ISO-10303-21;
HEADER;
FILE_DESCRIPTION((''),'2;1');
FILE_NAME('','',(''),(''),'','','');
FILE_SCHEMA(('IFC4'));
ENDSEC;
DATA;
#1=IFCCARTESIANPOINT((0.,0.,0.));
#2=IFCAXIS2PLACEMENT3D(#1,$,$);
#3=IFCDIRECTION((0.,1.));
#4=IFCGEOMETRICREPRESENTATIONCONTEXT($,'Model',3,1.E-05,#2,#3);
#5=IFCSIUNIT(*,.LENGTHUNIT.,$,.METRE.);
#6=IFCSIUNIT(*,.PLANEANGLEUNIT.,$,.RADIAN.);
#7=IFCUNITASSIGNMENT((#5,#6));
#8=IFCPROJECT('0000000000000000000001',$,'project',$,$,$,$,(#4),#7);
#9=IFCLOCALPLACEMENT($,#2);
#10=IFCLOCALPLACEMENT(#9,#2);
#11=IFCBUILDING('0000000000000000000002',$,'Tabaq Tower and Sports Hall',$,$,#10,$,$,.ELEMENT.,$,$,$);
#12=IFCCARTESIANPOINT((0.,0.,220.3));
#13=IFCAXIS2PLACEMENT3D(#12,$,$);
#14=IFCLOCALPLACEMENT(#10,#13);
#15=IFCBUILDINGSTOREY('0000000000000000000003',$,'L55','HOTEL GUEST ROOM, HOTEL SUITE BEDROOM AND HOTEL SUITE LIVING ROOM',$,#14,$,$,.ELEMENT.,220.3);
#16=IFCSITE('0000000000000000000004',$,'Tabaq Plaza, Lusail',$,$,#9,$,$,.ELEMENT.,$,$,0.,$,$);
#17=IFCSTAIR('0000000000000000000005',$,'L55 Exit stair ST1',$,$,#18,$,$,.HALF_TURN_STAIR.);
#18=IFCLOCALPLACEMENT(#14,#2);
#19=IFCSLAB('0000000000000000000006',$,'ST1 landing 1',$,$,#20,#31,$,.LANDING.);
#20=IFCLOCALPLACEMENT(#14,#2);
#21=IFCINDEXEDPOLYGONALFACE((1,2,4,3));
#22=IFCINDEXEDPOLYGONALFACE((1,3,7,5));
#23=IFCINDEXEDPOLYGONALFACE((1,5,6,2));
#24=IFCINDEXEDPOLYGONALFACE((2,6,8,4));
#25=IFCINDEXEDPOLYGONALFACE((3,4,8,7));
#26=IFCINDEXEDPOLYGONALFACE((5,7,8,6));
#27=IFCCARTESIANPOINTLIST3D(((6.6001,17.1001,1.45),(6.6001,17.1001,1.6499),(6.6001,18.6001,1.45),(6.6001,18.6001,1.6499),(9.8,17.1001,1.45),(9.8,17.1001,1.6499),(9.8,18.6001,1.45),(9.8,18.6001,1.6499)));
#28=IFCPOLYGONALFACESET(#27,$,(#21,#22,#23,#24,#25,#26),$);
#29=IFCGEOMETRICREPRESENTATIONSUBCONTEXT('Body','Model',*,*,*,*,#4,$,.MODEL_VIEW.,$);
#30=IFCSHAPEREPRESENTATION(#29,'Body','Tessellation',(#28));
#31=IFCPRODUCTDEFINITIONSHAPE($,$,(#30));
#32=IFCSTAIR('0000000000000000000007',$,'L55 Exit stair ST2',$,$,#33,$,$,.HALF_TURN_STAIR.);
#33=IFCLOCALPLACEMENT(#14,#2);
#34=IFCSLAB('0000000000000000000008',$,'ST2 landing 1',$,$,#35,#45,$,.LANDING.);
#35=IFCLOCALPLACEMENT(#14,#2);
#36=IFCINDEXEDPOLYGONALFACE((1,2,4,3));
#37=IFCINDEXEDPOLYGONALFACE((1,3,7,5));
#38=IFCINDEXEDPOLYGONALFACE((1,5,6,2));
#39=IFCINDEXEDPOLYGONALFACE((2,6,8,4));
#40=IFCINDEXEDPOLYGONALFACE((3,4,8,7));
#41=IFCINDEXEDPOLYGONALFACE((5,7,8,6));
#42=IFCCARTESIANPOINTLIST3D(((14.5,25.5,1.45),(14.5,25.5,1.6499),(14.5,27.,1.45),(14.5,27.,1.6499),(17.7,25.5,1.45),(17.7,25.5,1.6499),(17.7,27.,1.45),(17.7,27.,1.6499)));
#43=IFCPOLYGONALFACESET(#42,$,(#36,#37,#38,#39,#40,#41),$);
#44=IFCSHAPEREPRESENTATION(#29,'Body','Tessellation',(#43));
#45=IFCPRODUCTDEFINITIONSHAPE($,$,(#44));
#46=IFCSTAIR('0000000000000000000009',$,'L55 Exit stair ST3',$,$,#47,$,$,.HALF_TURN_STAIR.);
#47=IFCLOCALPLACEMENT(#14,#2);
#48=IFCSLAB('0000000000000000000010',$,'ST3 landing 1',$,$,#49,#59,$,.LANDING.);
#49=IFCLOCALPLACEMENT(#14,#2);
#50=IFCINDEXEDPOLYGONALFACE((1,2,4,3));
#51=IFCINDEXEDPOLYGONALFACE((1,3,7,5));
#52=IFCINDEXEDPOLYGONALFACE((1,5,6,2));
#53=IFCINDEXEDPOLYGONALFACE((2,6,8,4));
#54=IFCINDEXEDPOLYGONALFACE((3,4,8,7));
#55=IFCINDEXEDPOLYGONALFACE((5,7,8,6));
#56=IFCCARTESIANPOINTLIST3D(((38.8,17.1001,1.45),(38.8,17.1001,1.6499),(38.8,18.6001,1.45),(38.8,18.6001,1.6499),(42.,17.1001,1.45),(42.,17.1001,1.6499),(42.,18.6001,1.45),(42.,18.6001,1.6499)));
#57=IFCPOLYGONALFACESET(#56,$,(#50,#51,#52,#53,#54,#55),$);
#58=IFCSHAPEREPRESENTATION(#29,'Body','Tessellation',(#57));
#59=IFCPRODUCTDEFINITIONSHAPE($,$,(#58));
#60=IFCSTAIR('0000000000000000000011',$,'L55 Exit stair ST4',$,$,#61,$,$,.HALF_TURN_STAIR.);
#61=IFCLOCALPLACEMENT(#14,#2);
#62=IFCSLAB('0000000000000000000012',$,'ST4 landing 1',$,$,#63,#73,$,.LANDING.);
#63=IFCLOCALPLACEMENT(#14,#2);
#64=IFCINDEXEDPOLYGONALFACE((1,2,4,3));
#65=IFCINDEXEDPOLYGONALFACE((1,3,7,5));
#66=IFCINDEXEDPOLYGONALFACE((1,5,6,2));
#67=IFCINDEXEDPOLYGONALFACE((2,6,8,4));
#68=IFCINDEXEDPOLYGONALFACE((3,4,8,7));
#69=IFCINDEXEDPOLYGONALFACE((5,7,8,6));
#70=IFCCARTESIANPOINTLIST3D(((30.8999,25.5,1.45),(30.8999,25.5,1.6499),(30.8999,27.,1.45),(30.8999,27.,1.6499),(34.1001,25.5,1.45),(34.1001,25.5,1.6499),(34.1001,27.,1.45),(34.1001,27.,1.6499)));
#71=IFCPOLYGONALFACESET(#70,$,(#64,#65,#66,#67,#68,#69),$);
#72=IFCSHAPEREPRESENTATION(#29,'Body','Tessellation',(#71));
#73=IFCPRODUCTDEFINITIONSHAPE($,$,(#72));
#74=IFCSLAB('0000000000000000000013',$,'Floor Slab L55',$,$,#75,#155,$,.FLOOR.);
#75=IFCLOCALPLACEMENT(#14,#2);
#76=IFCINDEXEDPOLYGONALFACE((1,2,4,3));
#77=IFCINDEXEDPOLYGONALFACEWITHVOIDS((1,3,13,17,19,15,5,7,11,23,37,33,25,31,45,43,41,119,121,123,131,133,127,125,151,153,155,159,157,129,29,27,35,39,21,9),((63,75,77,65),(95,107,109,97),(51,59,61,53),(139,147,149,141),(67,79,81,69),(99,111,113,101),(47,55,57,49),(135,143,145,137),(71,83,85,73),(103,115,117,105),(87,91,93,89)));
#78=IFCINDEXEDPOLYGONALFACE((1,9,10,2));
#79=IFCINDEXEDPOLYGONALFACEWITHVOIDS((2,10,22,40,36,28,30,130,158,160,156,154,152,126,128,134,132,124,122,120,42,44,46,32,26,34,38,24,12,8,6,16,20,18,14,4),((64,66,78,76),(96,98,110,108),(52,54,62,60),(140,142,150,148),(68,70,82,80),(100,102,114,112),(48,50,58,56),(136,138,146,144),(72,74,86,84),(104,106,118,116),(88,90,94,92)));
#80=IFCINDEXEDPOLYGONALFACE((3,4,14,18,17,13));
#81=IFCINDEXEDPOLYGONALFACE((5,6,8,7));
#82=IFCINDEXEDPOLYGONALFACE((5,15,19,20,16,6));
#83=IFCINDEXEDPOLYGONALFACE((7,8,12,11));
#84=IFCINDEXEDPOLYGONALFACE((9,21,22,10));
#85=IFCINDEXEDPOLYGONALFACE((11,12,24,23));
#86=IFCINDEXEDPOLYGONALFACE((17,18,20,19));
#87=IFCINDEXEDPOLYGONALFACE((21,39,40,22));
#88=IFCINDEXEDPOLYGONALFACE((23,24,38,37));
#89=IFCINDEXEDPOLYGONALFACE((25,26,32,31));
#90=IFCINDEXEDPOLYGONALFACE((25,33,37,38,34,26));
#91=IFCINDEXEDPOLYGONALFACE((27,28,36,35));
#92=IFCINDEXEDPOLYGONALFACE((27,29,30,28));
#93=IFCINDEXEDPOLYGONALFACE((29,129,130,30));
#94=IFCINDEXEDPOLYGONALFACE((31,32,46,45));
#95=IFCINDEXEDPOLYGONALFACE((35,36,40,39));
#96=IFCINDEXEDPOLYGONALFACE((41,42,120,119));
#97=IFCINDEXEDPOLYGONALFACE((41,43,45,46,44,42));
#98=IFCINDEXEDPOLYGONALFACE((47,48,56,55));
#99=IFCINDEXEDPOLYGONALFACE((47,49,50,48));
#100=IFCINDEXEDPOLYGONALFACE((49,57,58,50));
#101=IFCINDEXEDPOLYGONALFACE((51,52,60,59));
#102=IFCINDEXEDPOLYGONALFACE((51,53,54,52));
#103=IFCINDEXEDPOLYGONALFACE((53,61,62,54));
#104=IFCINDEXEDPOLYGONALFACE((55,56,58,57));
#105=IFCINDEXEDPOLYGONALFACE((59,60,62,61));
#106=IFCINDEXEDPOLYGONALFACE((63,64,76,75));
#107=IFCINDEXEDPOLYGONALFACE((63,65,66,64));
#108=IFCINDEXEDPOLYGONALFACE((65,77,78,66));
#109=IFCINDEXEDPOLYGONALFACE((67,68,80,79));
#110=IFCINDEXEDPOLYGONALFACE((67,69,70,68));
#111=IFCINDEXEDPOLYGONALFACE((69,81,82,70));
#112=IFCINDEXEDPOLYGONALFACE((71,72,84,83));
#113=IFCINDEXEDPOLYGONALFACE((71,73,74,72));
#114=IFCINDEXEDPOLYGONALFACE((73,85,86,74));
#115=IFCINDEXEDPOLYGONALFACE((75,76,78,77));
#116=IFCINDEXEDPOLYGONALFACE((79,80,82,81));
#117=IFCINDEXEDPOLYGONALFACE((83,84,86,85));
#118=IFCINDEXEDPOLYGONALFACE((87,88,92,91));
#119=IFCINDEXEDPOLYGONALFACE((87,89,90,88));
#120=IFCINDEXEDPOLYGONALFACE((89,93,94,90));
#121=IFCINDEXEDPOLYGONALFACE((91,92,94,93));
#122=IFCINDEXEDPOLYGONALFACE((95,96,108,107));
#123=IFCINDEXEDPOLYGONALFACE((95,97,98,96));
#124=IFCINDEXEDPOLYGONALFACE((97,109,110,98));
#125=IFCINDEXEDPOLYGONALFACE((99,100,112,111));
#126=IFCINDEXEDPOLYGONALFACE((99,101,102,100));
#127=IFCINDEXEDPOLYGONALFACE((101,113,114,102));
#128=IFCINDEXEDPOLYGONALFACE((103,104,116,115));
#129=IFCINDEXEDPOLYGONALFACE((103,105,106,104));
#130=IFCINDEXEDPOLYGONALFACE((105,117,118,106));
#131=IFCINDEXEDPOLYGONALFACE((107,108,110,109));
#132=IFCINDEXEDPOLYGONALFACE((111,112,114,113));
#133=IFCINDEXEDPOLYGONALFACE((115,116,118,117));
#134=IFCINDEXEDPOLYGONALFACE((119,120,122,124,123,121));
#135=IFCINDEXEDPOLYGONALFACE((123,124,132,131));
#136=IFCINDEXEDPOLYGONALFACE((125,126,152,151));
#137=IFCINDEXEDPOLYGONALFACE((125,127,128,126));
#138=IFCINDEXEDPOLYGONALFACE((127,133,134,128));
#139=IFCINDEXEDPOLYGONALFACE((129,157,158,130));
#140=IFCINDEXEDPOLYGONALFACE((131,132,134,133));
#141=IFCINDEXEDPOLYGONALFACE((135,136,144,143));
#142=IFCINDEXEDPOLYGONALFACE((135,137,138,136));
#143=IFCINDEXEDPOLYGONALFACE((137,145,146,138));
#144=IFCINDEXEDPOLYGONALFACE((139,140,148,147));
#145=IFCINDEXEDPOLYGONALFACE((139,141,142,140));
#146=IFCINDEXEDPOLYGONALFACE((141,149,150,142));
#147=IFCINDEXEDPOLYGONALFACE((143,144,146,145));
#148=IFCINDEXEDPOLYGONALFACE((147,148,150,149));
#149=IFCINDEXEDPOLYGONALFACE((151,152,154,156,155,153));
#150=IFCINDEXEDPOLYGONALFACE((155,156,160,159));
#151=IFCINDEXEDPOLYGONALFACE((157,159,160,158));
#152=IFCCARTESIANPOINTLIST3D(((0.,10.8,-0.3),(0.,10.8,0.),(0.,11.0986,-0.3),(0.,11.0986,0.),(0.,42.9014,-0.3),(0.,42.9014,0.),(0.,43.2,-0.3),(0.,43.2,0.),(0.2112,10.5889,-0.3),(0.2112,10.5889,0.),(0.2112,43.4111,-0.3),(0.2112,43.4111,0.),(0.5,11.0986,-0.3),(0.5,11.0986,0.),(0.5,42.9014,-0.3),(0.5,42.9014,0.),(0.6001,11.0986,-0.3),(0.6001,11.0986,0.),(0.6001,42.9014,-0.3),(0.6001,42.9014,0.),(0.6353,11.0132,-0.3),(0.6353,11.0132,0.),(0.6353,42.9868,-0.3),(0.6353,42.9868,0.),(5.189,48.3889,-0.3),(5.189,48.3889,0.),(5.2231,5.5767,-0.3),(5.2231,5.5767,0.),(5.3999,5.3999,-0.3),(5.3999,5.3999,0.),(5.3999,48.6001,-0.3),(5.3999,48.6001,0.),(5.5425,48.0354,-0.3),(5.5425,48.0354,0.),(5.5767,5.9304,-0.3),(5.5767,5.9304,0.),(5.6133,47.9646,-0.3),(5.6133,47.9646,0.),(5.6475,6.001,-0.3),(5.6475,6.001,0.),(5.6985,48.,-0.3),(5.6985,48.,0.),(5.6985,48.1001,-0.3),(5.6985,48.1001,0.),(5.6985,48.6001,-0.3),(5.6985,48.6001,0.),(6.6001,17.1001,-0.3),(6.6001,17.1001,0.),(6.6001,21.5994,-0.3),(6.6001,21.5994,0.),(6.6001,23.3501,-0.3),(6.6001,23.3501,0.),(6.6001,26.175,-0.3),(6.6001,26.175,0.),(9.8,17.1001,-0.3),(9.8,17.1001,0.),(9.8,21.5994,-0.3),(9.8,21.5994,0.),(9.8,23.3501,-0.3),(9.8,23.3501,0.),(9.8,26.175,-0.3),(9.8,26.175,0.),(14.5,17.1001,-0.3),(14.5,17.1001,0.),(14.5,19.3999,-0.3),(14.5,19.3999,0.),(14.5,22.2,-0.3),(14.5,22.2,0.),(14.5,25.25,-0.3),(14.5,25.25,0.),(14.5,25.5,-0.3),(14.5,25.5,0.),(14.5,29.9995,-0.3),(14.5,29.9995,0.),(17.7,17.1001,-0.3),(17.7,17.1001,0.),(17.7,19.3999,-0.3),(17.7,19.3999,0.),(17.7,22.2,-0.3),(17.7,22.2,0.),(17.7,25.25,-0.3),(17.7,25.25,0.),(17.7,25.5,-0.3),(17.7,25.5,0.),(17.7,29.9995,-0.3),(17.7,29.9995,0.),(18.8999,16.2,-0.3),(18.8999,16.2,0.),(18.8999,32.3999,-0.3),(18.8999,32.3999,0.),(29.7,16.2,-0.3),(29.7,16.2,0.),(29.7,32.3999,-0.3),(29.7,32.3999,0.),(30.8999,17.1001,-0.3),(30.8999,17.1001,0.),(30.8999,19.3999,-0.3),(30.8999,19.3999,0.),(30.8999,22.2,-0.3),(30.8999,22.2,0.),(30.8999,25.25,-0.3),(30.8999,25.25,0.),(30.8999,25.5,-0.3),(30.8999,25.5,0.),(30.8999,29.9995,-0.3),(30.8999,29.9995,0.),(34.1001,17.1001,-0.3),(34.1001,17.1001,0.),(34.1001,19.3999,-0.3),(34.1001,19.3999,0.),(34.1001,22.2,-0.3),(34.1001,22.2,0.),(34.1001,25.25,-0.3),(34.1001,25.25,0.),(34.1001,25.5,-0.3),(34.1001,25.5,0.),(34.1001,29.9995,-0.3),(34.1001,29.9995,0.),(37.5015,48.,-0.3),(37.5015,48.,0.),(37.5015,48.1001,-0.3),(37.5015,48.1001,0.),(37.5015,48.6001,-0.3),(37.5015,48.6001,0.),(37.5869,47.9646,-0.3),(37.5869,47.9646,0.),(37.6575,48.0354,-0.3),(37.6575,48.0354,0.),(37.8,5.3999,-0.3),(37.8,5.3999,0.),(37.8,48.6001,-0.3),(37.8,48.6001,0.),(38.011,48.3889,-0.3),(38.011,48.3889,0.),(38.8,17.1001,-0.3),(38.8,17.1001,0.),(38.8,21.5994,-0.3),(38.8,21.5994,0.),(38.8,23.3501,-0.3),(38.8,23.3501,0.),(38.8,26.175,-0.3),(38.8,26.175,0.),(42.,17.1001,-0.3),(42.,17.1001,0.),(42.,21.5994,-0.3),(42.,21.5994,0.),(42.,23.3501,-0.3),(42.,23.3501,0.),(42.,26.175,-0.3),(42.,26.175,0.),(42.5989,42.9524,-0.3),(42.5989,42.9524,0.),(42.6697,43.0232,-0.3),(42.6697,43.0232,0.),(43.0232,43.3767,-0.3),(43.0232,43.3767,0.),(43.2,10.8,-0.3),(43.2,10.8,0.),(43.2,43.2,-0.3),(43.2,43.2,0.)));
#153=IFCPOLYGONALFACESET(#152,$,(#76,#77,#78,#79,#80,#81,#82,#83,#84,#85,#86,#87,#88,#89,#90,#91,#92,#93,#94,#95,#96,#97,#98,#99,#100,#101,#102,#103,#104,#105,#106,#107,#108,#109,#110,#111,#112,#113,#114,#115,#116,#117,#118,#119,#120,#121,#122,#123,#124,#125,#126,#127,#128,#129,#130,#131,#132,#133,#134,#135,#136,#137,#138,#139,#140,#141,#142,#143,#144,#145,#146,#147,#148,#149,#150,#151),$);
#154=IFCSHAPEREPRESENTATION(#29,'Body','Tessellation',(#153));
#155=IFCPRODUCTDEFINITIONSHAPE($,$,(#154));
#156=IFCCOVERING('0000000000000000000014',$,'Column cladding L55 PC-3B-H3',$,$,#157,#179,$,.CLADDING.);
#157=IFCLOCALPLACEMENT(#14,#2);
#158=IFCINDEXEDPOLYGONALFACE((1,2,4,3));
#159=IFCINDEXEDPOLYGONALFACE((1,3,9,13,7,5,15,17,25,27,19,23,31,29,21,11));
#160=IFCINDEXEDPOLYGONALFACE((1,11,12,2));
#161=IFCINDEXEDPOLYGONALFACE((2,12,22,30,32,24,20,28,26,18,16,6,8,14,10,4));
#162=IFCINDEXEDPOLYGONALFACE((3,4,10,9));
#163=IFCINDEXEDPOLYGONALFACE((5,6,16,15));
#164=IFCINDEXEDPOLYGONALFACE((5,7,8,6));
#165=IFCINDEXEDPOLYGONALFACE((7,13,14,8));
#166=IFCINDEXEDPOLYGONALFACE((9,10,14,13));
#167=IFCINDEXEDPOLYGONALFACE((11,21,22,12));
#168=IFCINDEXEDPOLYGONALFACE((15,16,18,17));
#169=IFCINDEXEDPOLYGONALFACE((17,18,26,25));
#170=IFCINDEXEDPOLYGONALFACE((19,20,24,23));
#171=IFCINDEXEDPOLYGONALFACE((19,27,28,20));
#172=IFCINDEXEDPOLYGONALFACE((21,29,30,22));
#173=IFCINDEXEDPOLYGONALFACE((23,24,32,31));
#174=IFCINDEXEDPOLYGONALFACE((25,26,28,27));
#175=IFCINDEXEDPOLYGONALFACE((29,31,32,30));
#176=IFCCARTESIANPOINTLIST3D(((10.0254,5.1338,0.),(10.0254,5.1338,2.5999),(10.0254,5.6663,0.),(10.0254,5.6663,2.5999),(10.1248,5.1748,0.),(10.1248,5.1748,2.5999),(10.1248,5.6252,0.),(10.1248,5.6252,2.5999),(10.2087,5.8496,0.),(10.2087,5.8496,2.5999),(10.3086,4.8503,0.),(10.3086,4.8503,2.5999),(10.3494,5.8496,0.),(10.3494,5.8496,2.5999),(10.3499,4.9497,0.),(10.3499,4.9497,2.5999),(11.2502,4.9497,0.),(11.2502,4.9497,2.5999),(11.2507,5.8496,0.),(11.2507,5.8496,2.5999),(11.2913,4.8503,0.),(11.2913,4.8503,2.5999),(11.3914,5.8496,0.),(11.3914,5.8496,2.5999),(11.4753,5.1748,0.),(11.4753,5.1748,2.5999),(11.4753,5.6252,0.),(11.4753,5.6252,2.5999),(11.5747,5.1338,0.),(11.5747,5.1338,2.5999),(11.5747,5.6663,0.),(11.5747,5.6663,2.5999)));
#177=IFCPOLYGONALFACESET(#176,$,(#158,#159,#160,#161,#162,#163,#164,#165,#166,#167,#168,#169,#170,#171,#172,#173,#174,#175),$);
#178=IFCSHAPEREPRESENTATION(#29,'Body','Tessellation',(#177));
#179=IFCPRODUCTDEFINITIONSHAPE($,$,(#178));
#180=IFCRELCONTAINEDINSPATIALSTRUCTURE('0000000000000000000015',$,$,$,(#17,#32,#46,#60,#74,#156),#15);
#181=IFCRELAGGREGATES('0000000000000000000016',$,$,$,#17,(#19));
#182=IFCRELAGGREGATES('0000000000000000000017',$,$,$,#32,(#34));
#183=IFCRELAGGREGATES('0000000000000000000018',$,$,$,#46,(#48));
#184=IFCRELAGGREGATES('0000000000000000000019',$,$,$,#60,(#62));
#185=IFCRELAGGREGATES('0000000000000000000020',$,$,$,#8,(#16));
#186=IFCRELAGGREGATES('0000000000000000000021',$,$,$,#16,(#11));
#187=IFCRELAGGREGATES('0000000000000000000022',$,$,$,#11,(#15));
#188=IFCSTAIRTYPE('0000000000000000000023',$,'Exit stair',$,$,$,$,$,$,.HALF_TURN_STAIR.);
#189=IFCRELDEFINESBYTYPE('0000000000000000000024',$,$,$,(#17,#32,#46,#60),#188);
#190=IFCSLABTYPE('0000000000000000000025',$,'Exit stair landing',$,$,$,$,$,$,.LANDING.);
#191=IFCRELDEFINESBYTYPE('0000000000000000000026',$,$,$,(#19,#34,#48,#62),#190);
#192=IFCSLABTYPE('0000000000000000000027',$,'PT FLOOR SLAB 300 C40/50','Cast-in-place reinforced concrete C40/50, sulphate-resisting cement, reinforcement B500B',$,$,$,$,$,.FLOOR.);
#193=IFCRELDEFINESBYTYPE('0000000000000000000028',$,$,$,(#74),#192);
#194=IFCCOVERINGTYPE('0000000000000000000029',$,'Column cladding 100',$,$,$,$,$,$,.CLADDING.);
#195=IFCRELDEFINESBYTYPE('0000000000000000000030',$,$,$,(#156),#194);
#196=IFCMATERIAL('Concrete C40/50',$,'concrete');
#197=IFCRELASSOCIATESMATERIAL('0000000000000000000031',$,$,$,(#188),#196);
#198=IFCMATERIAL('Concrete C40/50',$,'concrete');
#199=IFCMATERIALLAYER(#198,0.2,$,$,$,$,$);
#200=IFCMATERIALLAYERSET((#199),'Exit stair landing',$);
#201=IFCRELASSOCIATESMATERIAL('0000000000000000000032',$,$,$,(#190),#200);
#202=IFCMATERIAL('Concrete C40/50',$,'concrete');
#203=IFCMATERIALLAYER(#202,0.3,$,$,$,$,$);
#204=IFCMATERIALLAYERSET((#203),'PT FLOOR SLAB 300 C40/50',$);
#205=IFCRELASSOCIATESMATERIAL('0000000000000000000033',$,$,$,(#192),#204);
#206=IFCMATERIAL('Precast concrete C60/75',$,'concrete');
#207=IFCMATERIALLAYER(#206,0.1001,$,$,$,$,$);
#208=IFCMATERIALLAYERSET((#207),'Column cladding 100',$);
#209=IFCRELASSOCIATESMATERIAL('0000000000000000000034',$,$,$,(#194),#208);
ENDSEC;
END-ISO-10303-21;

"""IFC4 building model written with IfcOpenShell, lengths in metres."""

from ifc_helpers import new_model, si_unit, direction, frame, origin, place, context, subcontext, project, spatial, polyline, outline, extrude, material, layer, layer_set, type_object, element, aggregate, save


model = new_model("IFC4")

# Units and contexts
model_context = context("Model", 3, precision=1e-05, world=origin(), true_north=direction((0.0, 1.0)))
body_context = subcontext(model_context, "Body", "Model", "MODEL_VIEW")
ifc_project = project(units=[si_unit("LENGTHUNIT", "METRE"), si_unit("PLANEANGLEUNIT", "RADIAN")], contexts=[model_context])

# Site, building, storey
site_placement = place(None, origin())
site = spatial("IfcSite", under=ifc_project, at=site_placement, Name="Tabaq Plaza, Lusail", CompositionType="ELEMENT", RefElevation=0.0)
building_placement = place(site_placement, origin())
building = spatial("IfcBuilding", under=site, at=building_placement, Name="Tabaq Tower and Sports Hall", CompositionType="ELEMENT")
storey_placement = place(building_placement, frame((0.0, 0.0, 220.3)))
storey = spatial("IfcBuildingStorey", under=building, at=storey_placement, Name="L55", Description="HOTEL GUEST ROOM, HOTEL SUITE BEDROOM AND HOTEL SUITE LIVING ROOM", CompositionType="ELEMENT", Elevation=220.3)

# Stairs, slabs
ifc_material_1 = material(Name="Concrete C40/50", Category="concrete")
stair_type = type_object("IfcStairType", Name="Exit stair", PredefinedType="HALF_TURN_STAIR", material=ifc_material_1)
stair_1_placement = place(storey_placement, origin())
stair_1 = element("IfcStair", 1, at=stair_1_placement, inside=storey, type_object=stair_type, Name="L55 Exit stair ST1", PredefinedType="HALF_TURN_STAIR")
ifc_material_2 = material(Name="Concrete C40/50", Category="concrete")
ifc_layer_1 = layer(ifc_material_2, 0.2)
ifc_layer_set_1 = layer_set([ifc_layer_1], Name="Exit stair landing")
slab_type_1 = type_object("IfcSlabType", Name="Exit stair landing", PredefinedType="LANDING", material=ifc_layer_set_1)
slab_1_placement = place(storey_placement, frame((0.0, 0.0, 1.45)))
slab_1 = element("IfcSlab", 2, at=slab_1_placement, type_object=slab_type_1, Name="ST1 landing 1", PredefinedType="LANDING", context=body_context, shape_type="SweptSolid", body=[
    extrude(outline(polyline([(6.6001, 18.6001), (6.6001, 17.1001), (9.8, 17.1001), (9.8, 18.6001), (6.6001, 18.6001)])), origin(), (0.0, 0.0, 1.0), 0.2),
])
aggregate(stair_1, [slab_1])
stair_2_placement = place(storey_placement, origin())
stair_2 = element("IfcStair", 3, at=stair_2_placement, inside=storey, type_object=stair_type, Name="L55 Exit stair ST2", PredefinedType="HALF_TURN_STAIR")
slab_2_placement = place(storey_placement, frame((0.0, 0.0, 1.45)))
slab_2 = element("IfcSlab", 4, at=slab_2_placement, type_object=slab_type_1, Name="ST2 landing 1", PredefinedType="LANDING", context=body_context, shape_type="SweptSolid", body=[
    extrude(outline(polyline([(14.5, 27.0), (14.5, 25.5), (17.7, 25.5), (17.7, 27.0), (14.5, 27.0)])), origin(), (0.0, 0.0, 1.0), 0.2),
])
aggregate(stair_2, [slab_2])
stair_3_placement = place(storey_placement, origin())
stair_3 = element("IfcStair", 5, at=stair_3_placement, inside=storey, type_object=stair_type, Name="L55 Exit stair ST3", PredefinedType="HALF_TURN_STAIR")
slab_3_placement = place(storey_placement, frame((0.0, 0.0, 1.45)))
slab_3 = element("IfcSlab", 6, at=slab_3_placement, type_object=slab_type_1, Name="ST3 landing 1", PredefinedType="LANDING", context=body_context, shape_type="SweptSolid", body=[
    extrude(outline(polyline([(38.8, 18.6001), (38.8, 17.1001), (42.0, 17.1001), (42.0, 18.6001), (38.8, 18.6001)])), origin(), (0.0, 0.0, 1.0), 0.2),
])
aggregate(stair_3, [slab_3])
stair_4_placement = place(storey_placement, origin())
stair_4 = element("IfcStair", 7, at=stair_4_placement, inside=storey, type_object=stair_type, Name="L55 Exit stair ST4", PredefinedType="HALF_TURN_STAIR")
slab_4_placement = place(storey_placement, frame((0.0, 0.0, 1.45)))
slab_4 = element("IfcSlab", 8, at=slab_4_placement, type_object=slab_type_1, Name="ST4 landing 1", PredefinedType="LANDING", context=body_context, shape_type="SweptSolid", body=[
    extrude(outline(polyline([(30.8999, 27.0), (30.8999, 25.5), (34.1001, 25.5), (34.1001, 27.0), (30.8999, 27.0)])), origin(), (0.0, 0.0, 1.0), 0.2),
])
aggregate(stair_4, [slab_4])

# Slab
ifc_material_3 = material(Name="Concrete C40/50", Category="concrete")
ifc_layer_2 = layer(ifc_material_3, 0.3)
ifc_layer_set_2 = layer_set([ifc_layer_2], Name="PT FLOOR SLAB 300 C40/50")
slab_type_2 = type_object("IfcSlabType", Name="PT FLOOR SLAB 300 C40/50", Description="Cast-in-place reinforced concrete C40/50, sulphate-resisting cement, reinforcement B500B", PredefinedType="FLOOR", material=ifc_layer_set_2)
slab_5_placement = place(storey_placement, frame((0.0, 0.0, -0.3)))
element("IfcSlab", 9, at=slab_5_placement, inside=storey, type_object=slab_type_2, Name="Floor Slab L55", PredefinedType="FLOOR", context=body_context, shape_type="SweptSolid", body=[
    extrude(outline(polyline([(0.0, 11.0986), (0.0, 10.8), (0.2112, 10.5889), (0.6353, 11.0132), (5.6475, 6.001), (5.5767, 5.9304), (5.2231, 5.5767), (5.3999, 5.3999), (37.8, 5.3999), (43.2, 10.8), (43.2, 43.2), (43.0232, 43.3767), (42.6697, 43.0232), (42.5989, 42.9524), (37.5869, 47.9646), (37.6575, 48.0354), (38.011, 48.3889), (37.8, 48.6001), (37.5015, 48.6001), (37.5015, 48.1001), (37.5015, 48.0), (5.6985, 48.0), (5.6985, 48.1001), (5.6985, 48.6001), (5.3999, 48.6001), (5.189, 48.3889), (5.5425, 48.0354), (5.6133, 47.9646), (0.6353, 42.9868), (0.2112, 43.4111), (0.0, 43.2), (0.0, 42.9014), (0.5, 42.9014), (0.6001, 42.9014), (0.6001, 11.0986), (0.5, 11.0986), (0.0, 11.0986)]), holes=[polyline([(14.5, 19.3999), (17.7, 19.3999), (17.7, 17.1001), (14.5, 17.1001), (14.5, 19.3999)]), polyline([(6.6001, 21.5994), (9.8, 21.5994), (9.8, 17.1001), (6.6001, 17.1001), (6.6001, 21.5994)]), polyline([(14.5, 25.25), (17.7, 25.25), (17.7, 22.2), (14.5, 22.2), (14.5, 25.25)]), polyline([(18.8999, 32.3999), (29.7, 32.3999), (29.7, 16.2), (18.8999, 16.2), (18.8999, 32.3999)]), polyline([(9.8, 26.175), (9.8, 23.3501), (6.6001, 23.3501), (6.6001, 26.175), (9.8, 26.175)]), polyline([(14.5, 29.9995), (17.7, 29.9995), (17.7, 25.5), (14.5, 25.5), (14.5, 29.9995)]), polyline([(34.1001, 19.3999), (34.1001, 17.1001), (30.8999, 17.1001), (30.8999, 19.3999), (34.1001, 19.3999)]), polyline([(42.0, 21.5994), (42.0, 17.1001), (38.8, 17.1001), (38.8, 21.5994), (42.0, 21.5994)]), polyline([(30.8999, 25.25), (34.1001, 25.25), (34.1001, 22.2), (30.8999, 22.2), (30.8999, 25.25)]), polyline([(42.0, 26.175), (42.0, 23.3501), (38.8, 23.3501), (38.8, 26.175), (42.0, 26.175)]), polyline([(34.1001, 29.9995), (34.1001, 25.5), (30.8999, 25.5), (30.8999, 29.9995), (34.1001, 29.9995)])]), origin(), (0.0, 0.0, 1.0), 0.3),
])

# Covering
ifc_material_4 = material(Name="Precast concrete C60/75", Category="concrete")
ifc_layer_3 = layer(ifc_material_4, 0.1001)
ifc_layer_set_3 = layer_set([ifc_layer_3], Name="Column cladding 100")
covering_type_1 = type_object("IfcCoveringType", Name="Column cladding 100", PredefinedType="CLADDING", material=ifc_layer_set_3)
covering_1_placement = place(storey_placement, origin())
element("IfcCovering", 10, at=covering_1_placement, inside=storey, type_object=covering_type_1, Name="Column cladding L55 PC-3B-H3", PredefinedType="CLADDING", context=body_context, shape_type="SweptSolid", body=[
    extrude(outline(polyline([(10.0254, 5.6663), (10.2087, 5.8496), (10.3494, 5.8496), (10.1248, 5.6252), (10.1248, 5.1748), (10.3499, 4.9497), (11.2502, 4.9497), (11.4753, 5.1748), (11.4753, 5.6252), (11.2507, 5.8496), (11.3914, 5.8496), (11.5747, 5.6663), (11.5747, 5.1338), (11.2913, 4.8503), (10.3086, 4.8503), (10.0254, 5.1338), (10.0254, 5.6663)])), origin(), (0.0, 0.0, 1.0), 2.5999),
])

save(model, "model.ifc")
